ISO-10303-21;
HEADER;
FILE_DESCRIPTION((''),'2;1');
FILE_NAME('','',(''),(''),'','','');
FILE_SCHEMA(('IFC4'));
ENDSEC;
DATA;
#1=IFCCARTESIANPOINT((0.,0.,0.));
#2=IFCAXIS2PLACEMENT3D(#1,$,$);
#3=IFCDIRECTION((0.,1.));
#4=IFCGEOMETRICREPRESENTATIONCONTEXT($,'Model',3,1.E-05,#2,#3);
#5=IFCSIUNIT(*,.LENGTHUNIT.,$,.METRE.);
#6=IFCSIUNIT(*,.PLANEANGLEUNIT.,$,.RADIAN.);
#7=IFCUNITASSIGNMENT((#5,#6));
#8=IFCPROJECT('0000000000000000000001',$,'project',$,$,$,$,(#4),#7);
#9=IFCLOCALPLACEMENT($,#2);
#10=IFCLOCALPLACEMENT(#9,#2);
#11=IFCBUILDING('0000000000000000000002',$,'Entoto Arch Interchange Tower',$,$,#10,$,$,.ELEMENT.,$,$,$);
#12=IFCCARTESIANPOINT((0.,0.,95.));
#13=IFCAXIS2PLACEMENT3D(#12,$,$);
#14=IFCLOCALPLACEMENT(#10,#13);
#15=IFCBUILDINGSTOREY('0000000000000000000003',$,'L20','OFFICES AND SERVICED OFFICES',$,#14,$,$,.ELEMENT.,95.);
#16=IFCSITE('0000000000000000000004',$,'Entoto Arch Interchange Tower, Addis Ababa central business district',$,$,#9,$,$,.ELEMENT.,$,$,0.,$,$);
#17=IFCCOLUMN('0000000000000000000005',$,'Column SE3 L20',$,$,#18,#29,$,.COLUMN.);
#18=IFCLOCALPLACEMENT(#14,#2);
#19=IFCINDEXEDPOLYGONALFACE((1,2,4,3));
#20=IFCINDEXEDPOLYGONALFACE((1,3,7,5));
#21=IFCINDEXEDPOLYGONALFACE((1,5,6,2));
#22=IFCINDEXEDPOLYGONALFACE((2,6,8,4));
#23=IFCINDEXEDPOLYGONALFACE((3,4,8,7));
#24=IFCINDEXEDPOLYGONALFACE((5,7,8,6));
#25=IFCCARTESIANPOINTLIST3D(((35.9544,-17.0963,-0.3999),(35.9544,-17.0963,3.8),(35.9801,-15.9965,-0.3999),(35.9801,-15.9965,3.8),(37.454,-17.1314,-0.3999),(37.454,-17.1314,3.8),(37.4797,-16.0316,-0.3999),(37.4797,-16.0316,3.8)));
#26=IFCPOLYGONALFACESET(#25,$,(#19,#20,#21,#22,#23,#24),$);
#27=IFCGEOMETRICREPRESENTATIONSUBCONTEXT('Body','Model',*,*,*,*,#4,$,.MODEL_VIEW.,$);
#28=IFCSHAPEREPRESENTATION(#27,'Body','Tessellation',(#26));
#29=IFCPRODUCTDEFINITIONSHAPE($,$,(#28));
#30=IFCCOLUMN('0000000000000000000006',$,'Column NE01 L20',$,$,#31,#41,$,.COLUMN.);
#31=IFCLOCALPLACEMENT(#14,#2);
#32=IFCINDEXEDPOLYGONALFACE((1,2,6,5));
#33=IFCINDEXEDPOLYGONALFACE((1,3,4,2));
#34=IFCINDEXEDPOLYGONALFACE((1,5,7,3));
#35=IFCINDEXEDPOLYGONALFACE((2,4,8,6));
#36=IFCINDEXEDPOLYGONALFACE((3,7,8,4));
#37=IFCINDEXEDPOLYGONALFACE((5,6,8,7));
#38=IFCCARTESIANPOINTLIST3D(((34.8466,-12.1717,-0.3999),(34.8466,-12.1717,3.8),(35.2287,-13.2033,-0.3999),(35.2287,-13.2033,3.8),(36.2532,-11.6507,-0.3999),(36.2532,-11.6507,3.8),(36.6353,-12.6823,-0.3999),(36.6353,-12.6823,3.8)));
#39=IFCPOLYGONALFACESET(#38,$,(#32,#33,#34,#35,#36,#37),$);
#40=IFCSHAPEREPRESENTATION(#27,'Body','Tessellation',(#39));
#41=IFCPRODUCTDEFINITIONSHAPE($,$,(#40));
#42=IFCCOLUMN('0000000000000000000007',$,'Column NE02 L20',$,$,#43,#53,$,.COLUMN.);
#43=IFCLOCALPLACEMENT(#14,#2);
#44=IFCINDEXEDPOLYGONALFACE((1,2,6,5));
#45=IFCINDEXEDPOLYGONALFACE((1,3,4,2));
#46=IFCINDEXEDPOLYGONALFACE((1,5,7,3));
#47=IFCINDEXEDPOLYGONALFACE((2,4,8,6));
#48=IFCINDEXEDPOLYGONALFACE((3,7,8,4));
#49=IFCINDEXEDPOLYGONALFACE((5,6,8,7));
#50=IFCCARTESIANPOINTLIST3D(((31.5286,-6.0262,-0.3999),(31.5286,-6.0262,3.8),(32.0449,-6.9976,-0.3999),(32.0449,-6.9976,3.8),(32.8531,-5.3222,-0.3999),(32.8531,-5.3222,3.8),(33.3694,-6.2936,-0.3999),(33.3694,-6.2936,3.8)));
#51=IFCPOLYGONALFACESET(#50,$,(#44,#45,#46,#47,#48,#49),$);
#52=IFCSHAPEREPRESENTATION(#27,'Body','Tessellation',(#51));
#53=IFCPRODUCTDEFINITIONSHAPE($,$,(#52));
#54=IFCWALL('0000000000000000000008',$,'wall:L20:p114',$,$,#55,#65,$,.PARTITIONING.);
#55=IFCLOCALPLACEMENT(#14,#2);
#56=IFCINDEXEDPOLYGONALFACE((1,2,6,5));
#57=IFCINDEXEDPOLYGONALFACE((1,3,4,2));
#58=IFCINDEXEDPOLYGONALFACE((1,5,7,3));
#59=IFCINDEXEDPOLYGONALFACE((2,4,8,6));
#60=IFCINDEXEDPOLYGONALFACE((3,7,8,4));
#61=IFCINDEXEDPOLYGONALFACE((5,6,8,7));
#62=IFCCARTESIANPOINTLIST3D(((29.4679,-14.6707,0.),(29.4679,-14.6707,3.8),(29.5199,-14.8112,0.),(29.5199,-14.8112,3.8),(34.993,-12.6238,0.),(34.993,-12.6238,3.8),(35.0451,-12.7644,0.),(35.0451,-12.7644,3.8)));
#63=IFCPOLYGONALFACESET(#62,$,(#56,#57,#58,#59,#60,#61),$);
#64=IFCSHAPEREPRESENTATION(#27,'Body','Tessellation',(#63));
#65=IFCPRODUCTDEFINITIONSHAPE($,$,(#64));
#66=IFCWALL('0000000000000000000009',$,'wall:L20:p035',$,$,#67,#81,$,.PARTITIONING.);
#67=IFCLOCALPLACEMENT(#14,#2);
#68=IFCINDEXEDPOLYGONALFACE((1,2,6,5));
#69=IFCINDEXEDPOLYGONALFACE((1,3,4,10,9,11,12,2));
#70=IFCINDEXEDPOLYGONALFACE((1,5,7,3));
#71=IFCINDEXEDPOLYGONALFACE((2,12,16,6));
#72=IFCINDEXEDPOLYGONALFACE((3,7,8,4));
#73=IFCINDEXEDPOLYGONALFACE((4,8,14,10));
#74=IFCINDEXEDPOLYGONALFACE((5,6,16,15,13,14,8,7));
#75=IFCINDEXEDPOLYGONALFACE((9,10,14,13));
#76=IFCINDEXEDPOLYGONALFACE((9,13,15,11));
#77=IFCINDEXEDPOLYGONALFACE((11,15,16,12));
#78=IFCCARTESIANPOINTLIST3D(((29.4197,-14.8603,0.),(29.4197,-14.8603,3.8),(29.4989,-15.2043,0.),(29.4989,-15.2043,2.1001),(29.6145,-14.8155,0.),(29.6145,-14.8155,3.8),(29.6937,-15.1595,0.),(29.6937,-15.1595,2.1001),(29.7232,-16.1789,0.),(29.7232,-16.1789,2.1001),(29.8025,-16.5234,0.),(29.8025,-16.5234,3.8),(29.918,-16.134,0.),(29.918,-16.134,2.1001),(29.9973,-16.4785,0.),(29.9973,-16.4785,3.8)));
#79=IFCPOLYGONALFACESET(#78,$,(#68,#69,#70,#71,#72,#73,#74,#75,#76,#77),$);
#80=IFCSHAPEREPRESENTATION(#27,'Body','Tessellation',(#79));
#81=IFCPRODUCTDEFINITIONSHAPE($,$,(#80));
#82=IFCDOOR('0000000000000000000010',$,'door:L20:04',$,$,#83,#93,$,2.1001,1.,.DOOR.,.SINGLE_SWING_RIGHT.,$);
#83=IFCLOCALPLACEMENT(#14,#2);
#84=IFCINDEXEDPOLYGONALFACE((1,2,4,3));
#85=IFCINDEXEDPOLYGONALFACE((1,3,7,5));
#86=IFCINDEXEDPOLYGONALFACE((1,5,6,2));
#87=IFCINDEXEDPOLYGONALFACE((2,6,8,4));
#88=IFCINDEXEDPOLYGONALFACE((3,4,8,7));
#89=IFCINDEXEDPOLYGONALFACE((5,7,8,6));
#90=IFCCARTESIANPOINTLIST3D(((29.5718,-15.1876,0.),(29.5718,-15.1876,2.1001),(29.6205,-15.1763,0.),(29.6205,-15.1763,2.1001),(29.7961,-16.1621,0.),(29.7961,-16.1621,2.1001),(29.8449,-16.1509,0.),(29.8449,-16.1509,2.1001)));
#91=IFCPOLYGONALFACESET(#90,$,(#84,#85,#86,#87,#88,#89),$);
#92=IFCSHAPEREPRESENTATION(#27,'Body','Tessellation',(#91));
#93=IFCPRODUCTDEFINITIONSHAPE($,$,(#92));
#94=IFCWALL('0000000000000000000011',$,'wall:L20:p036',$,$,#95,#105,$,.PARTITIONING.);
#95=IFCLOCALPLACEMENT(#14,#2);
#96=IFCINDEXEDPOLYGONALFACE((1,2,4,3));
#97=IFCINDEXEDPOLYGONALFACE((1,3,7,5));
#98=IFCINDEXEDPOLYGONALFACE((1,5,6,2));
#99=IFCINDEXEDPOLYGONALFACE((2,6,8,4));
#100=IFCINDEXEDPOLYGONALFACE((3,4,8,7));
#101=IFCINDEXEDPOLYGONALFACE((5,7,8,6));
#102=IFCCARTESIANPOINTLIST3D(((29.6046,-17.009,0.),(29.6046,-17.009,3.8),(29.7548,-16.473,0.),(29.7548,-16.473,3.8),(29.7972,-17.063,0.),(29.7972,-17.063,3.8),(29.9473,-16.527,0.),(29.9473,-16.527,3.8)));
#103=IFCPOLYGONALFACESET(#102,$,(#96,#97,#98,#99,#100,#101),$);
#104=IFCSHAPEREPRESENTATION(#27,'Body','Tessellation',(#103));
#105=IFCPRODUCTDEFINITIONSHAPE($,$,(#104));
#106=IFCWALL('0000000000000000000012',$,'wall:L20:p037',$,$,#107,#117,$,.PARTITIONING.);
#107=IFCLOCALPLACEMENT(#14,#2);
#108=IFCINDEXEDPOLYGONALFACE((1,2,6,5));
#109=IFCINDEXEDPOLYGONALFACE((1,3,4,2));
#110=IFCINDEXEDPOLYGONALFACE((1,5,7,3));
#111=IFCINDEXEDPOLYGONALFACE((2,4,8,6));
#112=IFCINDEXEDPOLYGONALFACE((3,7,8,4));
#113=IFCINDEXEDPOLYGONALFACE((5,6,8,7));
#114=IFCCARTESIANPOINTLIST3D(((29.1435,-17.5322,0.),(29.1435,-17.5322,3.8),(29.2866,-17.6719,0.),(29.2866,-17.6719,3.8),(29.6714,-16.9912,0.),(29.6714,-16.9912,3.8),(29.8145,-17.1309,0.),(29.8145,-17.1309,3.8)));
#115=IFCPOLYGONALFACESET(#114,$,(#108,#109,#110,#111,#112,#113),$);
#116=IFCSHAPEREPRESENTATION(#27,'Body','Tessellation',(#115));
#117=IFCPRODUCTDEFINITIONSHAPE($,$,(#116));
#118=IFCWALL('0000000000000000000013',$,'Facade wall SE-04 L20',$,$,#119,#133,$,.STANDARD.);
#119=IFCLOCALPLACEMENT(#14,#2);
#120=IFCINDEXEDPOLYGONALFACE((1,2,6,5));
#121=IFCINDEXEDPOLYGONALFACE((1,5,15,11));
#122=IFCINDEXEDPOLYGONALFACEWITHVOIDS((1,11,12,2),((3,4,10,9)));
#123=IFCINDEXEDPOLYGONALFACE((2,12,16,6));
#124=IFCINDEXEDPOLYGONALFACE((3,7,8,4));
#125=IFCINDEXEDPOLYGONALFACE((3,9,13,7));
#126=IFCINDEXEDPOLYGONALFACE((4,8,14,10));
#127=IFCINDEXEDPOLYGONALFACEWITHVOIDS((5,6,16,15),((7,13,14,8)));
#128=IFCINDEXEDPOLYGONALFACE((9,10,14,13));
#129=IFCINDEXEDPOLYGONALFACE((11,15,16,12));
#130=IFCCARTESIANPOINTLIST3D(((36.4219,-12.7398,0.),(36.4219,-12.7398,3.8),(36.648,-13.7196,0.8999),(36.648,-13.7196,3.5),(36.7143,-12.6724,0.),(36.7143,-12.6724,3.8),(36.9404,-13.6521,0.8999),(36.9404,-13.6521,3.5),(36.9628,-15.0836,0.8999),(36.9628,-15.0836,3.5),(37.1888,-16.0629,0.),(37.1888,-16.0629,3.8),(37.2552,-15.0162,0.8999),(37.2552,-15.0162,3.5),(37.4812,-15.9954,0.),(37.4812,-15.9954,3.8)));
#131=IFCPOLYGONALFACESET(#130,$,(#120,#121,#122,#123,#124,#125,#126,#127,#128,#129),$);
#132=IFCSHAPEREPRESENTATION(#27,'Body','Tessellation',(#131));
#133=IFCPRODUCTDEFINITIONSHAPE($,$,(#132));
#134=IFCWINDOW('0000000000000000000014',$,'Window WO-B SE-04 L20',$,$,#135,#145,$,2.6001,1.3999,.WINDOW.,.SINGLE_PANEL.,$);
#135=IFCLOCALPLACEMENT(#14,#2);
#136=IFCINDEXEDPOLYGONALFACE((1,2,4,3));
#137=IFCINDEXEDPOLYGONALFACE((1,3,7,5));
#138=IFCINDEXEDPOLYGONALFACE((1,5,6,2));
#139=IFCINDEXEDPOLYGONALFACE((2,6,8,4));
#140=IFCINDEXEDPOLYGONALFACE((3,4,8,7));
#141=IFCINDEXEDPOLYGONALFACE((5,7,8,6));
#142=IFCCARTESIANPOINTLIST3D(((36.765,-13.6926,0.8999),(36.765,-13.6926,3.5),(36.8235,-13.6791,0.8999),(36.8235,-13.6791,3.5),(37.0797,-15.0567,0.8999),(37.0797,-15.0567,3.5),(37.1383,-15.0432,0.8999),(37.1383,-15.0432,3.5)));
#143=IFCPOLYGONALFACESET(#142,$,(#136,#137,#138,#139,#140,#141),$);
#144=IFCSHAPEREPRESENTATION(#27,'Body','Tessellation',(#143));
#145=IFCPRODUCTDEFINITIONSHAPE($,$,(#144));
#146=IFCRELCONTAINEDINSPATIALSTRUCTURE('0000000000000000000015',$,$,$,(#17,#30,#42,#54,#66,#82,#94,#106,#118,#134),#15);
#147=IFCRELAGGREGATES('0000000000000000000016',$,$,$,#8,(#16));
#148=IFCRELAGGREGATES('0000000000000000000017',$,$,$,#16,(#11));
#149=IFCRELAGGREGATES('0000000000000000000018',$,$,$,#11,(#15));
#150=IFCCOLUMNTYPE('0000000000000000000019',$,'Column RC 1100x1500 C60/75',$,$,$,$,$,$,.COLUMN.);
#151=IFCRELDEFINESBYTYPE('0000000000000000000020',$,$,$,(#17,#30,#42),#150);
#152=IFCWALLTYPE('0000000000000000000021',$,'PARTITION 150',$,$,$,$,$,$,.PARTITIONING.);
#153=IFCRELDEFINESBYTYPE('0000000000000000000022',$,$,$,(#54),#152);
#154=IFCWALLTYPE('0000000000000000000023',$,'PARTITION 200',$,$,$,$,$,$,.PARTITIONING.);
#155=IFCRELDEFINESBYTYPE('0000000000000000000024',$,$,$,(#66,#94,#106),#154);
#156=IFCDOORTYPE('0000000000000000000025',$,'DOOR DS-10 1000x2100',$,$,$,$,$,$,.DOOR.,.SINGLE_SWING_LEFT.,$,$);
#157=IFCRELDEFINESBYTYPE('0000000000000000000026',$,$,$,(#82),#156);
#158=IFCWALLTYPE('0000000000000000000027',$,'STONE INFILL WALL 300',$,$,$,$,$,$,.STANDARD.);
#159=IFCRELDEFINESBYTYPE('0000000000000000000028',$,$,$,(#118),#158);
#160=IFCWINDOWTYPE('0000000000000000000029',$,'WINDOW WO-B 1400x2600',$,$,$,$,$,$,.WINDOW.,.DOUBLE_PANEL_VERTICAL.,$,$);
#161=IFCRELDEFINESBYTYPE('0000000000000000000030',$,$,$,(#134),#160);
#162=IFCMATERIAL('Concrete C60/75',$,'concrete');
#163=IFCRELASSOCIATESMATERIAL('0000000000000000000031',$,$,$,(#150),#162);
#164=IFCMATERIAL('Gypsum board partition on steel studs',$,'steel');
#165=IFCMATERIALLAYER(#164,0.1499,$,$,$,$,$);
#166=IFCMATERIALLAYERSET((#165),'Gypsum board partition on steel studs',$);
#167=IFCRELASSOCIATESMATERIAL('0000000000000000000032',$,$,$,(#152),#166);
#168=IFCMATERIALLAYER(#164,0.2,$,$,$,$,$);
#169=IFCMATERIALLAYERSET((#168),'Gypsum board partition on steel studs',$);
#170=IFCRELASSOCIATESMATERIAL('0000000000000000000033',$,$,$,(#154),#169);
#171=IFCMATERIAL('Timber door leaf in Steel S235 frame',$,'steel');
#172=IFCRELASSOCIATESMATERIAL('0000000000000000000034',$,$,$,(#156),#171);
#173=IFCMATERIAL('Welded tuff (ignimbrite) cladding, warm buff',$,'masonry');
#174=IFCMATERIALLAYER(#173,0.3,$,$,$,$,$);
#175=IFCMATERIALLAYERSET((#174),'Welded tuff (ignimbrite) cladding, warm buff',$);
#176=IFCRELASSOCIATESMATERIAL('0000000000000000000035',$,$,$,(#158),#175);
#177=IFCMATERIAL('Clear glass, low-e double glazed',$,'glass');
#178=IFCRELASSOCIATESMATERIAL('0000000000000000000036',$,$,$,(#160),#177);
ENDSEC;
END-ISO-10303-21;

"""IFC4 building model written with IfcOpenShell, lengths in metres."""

from ifc_helpers import new_model, si_unit, direction, frame, frame_2d, origin, origin_2d, place, context, subcontext, project, spatial, rectangle, extrude, material, layer, layer_set, material_profile, profile_set, type_object, element, fill, save


model = new_model("IFC4")

# Units and contexts
model_context = context("Model", 3, precision=1e-05, world=origin(), true_north=direction((0.0, 1.0)))
body_context = subcontext(model_context, "Body", "Model", "MODEL_VIEW")
ifc_project = project(units=[si_unit("LENGTHUNIT", "METRE"), si_unit("PLANEANGLEUNIT", "RADIAN")], contexts=[model_context])

# Site, building, storey
site_placement = place(None, origin())
site = spatial("IfcSite", under=ifc_project, at=site_placement, Name="Entoto Arch Interchange Tower, Addis Ababa central business district", CompositionType="ELEMENT", RefElevation=0.0)
building_placement = place(site_placement, origin())
building = spatial("IfcBuilding", under=site, at=building_placement, Name="Entoto Arch Interchange Tower", CompositionType="ELEMENT")
storey_placement = place(building_placement, frame((0.0, 0.0, 95.0)))
storey = spatial("IfcBuildingStorey", under=building, at=storey_placement, Name="L20", Description="OFFICES AND SERVICED OFFICES", CompositionType="ELEMENT", Elevation=95.0)

# Columns
ifc_material_1 = material(Name="Concrete C60/75", Category="concrete")
ifc_material_profile = material_profile(ifc_material_1, rectangle(XDim=1.1001, YDim=1.5, at=origin_2d()))
ifc_profile_set = profile_set([ifc_material_profile], Name="Concrete C60/75")
column_type = type_object("IfcColumnType", Name="Column RC 1100x1500 C60/75", PredefinedType="COLUMN", material=ifc_profile_set)
for number, where, z_axis, x_axis, name in (
    (1, (36.717, -16.564, -0.3999), (0.0, 0.0, 1.0), (0.023385, 0.999727, 0.0), "Column SE3 L20"),
    (2, (35.741, -12.427, -0.3999), (0.0, 0.0, 1.0), (-0.347312, 0.93775, 0.0), "Column NE01 L20"),
    (3, (32.449, -6.1599, -0.3999), (0.0, 0.0, 1.0), (-0.469333, 0.883021, 0.0), "Column NE02 L20"),
):
    element("IfcColumn", number, at=place(storey_placement, frame(where, z_axis=z_axis, x_axis=x_axis)), inside=storey, type_object=column_type, Name=name, PredefinedType="COLUMN", context=body_context, shape_type="SweptSolid", body=[
        extrude(rectangle(XDim=1.1001, YDim=1.5, at=origin_2d()), origin(), (0.0, 0.0, 1.0), 4.2),
    ])

# Wall
ifc_material_2 = material(Name="Gypsum board partition on steel studs", Category="steel")
ifc_layer_1 = layer(ifc_material_2, 0.1499)
ifc_layer_set_1 = layer_set([ifc_layer_1], Name="Gypsum board partition on steel studs")
wall_type_1 = type_object("IfcWallType", Name="PARTITION 150", PredefinedType="PARTITIONING", material=ifc_layer_set_1)
wall_1_placement = place(storey_placement, frame((29.4939, -14.741, 0.0), z_axis=(0.0, 0.0, 1.0), x_axis=(0.93772, 0.347393, 0.0)))
element("IfcWall", 4, at=wall_1_placement, inside=storey, type_object=wall_type_1, Name="wall:L20:p114", PredefinedType="PARTITIONING", context=body_context, shape_type="SweptSolid", body=[
    extrude(rectangle(XDim=5.8921, YDim=0.1499, at=frame_2d((2.946, 0.0))), origin(), (0.0, 0.0, 1.0), 3.8),
])

# Wall, opening, door
ifc_layer_2 = layer(ifc_material_2, 0.2)
ifc_layer_set_2 = layer_set([ifc_layer_2], Name="Gypsum board partition on steel studs")
wall_type_2 = type_object("IfcWallType", Name="PARTITION 200", PredefinedType="PARTITIONING", material=ifc_layer_set_2)
wall_2_placement = place(storey_placement, frame((29.5171, -14.8379, 0.0), z_axis=(0.0, 0.0, 1.0), x_axis=(0.224316, -0.974516, 0.0)))
wall_2 = element("IfcWall", 5, at=wall_2_placement, inside=storey, type_object=wall_type_2, Name="wall:L20:p035", PredefinedType="PARTITIONING", context=body_context, shape_type="SweptSolid", body=[
    extrude(rectangle(XDim=1.7065, YDim=0.2, at=frame_2d((0.8533, 0.0))), origin(), (0.0, 0.0, 1.0), 3.8),
])
opening_1_placement = place(wall_2_placement, frame((0.353, 0.0, 0.0)))
opening_1 = element("IfcOpeningElement", 6, at=opening_1_placement, cuts=wall_2, PredefinedType="OPENING", context=body_context, shape_type="SweptSolid", body=[
    extrude(rectangle(XDim=1.0, YDim=2.1001, at=frame_2d((0.5, 1.05))), frame((0.0, 0.1099, 0.0), z_axis=(0.0, -1.0, 0.0), x_axis=(1.0, 0.0, 0.0)), (0.0, 0.0, 1.0), 0.22),
])
ifc_material_3 = material(Name="Timber door leaf in Steel S235 frame", Category="steel")
door_type = type_object("IfcDoorType", Name="DOOR DS-10 1000x2100", OperationType="SINGLE_SWING_LEFT", PredefinedType="DOOR", material=ifc_material_3)
door_placement = place(opening_1_placement, origin())
door = element("IfcDoor", 7, at=door_placement, inside=storey, type_object=door_type, Name="door:L20:04", OperationType="SINGLE_SWING_RIGHT", OverallHeight=2.1001, OverallWidth=1.0, PredefinedType="DOOR", context=body_context, shape_type="SweptSolid", body=[
    extrude(rectangle(XDim=1.0, YDim=2.1001, at=frame_2d((0.5, 1.05))), frame((0.0, 0.0249, 0.0), z_axis=(0.0, -1.0, 0.0), x_axis=(1.0, 0.0, 0.0)), (0.0, 0.0, 1.0), 0.05),
])
fill(opening_1, door)

# Walls
wall_3_placement = place(storey_placement, frame((29.8511, -16.5, 0.0), z_axis=(0.0, 0.0, 1.0), x_axis=(-0.269793, -0.962918, 0.0)))
element("IfcWall", 8, at=wall_3_placement, inside=storey, type_object=wall_type_2, Name="wall:L20:p036", PredefinedType="PARTITIONING", context=body_context, shape_type="SweptSolid", body=[
    extrude(rectangle(XDim=0.5566, YDim=0.2, at=frame_2d((0.2783, 0.0))), origin(), (0.0, 0.0, 1.0), 3.8),
])
wall_4_placement = place(storey_placement, frame((29.7429, -17.061, 0.0), z_axis=(0.0, 0.0, 1.0), x_axis=(-0.698332, -0.715774, 0.0)))
element("IfcWall", 9, at=wall_4_placement, inside=storey, type_object=wall_type_2, Name="wall:L20:p037", PredefinedType="PARTITIONING", context=body_context, shape_type="SweptSolid", body=[
    extrude(rectangle(XDim=0.7559, YDim=0.2, at=frame_2d((0.3779, 0.0))), origin(), (0.0, 0.0, 1.0), 3.8),
])

# Wall, opening, window
ifc_material_4 = material(Name="Welded tuff (ignimbrite) cladding, warm buff", Category="masonry")
ifc_layer_3 = layer(ifc_material_4, 0.3)
ifc_layer_set_3 = layer_set([ifc_layer_3], Name="Welded tuff (ignimbrite) cladding, warm buff")
wall_type_3 = type_object("IfcWallType", Name="STONE INFILL WALL 300", PredefinedType="STANDARD", material=ifc_layer_set_3)
wall_5_placement = place(storey_placement, frame((37.335, -16.0291, 0.0), z_axis=(0.0, 0.0, 1.0), x_axis=(-0.22486, 0.974391, 0.0)))
wall_5 = element("IfcWall", 10, at=wall_5_placement, inside=storey, type_object=wall_type_3, Name="Facade wall SE-04 L20", PredefinedType="STANDARD", context=body_context, shape_type="SweptSolid", body=[
    extrude(rectangle(XDim=3.4104, YDim=0.3, at=frame_2d((1.7051, 0.0))), origin(), (0.0, 0.0, 1.0), 3.8),
])
opening_2_placement = place(wall_5_placement, frame((1.0049, 0.0, 0.8999)))
opening_2 = element("IfcOpeningElement", 11, at=opening_2_placement, cuts=wall_5, PredefinedType="OPENING", context=body_context, shape_type="SweptSolid", body=[
    extrude(rectangle(XDim=1.3999, YDim=2.6001, at=frame_2d((0.7, 1.3))), frame((0.0, 0.1602, 0.0), z_axis=(0.0, -1.0, 0.0), x_axis=(1.0, 0.0, 0.0)), (0.0, 0.0, 1.0), 0.3201),
])
ifc_material_5 = material(Name="Clear glass, low-e double glazed", Category="glass")
window_type_1 = type_object("IfcWindowType", Name="WINDOW WO-B 1400x2600", PartitioningType="DOUBLE_PANEL_VERTICAL", PredefinedType="WINDOW", material=ifc_material_5)
window_1_placement = place(opening_2_placement, origin())
window_1 = element("IfcWindow", 12, at=window_1_placement, inside=storey, type_object=window_type_1, Name="Window WO-B SE-04 L20", OverallHeight=2.6001, OverallWidth=1.3999, PartitioningType="SINGLE_PANEL", PredefinedType="WINDOW", context=body_context, shape_type="SweptSolid", body=[
    extrude(rectangle(XDim=1.3999, YDim=2.6001, at=frame_2d((0.7, 1.3))), frame((0.0, 0.03, 0.0), z_axis=(0.0, -1.0, 0.0), x_axis=(1.0, 0.0, 0.0)), (0.0, 0.0, 1.0), 0.0601),
])
fill(opening_2, window_1)

save(model, "model.ifc")
